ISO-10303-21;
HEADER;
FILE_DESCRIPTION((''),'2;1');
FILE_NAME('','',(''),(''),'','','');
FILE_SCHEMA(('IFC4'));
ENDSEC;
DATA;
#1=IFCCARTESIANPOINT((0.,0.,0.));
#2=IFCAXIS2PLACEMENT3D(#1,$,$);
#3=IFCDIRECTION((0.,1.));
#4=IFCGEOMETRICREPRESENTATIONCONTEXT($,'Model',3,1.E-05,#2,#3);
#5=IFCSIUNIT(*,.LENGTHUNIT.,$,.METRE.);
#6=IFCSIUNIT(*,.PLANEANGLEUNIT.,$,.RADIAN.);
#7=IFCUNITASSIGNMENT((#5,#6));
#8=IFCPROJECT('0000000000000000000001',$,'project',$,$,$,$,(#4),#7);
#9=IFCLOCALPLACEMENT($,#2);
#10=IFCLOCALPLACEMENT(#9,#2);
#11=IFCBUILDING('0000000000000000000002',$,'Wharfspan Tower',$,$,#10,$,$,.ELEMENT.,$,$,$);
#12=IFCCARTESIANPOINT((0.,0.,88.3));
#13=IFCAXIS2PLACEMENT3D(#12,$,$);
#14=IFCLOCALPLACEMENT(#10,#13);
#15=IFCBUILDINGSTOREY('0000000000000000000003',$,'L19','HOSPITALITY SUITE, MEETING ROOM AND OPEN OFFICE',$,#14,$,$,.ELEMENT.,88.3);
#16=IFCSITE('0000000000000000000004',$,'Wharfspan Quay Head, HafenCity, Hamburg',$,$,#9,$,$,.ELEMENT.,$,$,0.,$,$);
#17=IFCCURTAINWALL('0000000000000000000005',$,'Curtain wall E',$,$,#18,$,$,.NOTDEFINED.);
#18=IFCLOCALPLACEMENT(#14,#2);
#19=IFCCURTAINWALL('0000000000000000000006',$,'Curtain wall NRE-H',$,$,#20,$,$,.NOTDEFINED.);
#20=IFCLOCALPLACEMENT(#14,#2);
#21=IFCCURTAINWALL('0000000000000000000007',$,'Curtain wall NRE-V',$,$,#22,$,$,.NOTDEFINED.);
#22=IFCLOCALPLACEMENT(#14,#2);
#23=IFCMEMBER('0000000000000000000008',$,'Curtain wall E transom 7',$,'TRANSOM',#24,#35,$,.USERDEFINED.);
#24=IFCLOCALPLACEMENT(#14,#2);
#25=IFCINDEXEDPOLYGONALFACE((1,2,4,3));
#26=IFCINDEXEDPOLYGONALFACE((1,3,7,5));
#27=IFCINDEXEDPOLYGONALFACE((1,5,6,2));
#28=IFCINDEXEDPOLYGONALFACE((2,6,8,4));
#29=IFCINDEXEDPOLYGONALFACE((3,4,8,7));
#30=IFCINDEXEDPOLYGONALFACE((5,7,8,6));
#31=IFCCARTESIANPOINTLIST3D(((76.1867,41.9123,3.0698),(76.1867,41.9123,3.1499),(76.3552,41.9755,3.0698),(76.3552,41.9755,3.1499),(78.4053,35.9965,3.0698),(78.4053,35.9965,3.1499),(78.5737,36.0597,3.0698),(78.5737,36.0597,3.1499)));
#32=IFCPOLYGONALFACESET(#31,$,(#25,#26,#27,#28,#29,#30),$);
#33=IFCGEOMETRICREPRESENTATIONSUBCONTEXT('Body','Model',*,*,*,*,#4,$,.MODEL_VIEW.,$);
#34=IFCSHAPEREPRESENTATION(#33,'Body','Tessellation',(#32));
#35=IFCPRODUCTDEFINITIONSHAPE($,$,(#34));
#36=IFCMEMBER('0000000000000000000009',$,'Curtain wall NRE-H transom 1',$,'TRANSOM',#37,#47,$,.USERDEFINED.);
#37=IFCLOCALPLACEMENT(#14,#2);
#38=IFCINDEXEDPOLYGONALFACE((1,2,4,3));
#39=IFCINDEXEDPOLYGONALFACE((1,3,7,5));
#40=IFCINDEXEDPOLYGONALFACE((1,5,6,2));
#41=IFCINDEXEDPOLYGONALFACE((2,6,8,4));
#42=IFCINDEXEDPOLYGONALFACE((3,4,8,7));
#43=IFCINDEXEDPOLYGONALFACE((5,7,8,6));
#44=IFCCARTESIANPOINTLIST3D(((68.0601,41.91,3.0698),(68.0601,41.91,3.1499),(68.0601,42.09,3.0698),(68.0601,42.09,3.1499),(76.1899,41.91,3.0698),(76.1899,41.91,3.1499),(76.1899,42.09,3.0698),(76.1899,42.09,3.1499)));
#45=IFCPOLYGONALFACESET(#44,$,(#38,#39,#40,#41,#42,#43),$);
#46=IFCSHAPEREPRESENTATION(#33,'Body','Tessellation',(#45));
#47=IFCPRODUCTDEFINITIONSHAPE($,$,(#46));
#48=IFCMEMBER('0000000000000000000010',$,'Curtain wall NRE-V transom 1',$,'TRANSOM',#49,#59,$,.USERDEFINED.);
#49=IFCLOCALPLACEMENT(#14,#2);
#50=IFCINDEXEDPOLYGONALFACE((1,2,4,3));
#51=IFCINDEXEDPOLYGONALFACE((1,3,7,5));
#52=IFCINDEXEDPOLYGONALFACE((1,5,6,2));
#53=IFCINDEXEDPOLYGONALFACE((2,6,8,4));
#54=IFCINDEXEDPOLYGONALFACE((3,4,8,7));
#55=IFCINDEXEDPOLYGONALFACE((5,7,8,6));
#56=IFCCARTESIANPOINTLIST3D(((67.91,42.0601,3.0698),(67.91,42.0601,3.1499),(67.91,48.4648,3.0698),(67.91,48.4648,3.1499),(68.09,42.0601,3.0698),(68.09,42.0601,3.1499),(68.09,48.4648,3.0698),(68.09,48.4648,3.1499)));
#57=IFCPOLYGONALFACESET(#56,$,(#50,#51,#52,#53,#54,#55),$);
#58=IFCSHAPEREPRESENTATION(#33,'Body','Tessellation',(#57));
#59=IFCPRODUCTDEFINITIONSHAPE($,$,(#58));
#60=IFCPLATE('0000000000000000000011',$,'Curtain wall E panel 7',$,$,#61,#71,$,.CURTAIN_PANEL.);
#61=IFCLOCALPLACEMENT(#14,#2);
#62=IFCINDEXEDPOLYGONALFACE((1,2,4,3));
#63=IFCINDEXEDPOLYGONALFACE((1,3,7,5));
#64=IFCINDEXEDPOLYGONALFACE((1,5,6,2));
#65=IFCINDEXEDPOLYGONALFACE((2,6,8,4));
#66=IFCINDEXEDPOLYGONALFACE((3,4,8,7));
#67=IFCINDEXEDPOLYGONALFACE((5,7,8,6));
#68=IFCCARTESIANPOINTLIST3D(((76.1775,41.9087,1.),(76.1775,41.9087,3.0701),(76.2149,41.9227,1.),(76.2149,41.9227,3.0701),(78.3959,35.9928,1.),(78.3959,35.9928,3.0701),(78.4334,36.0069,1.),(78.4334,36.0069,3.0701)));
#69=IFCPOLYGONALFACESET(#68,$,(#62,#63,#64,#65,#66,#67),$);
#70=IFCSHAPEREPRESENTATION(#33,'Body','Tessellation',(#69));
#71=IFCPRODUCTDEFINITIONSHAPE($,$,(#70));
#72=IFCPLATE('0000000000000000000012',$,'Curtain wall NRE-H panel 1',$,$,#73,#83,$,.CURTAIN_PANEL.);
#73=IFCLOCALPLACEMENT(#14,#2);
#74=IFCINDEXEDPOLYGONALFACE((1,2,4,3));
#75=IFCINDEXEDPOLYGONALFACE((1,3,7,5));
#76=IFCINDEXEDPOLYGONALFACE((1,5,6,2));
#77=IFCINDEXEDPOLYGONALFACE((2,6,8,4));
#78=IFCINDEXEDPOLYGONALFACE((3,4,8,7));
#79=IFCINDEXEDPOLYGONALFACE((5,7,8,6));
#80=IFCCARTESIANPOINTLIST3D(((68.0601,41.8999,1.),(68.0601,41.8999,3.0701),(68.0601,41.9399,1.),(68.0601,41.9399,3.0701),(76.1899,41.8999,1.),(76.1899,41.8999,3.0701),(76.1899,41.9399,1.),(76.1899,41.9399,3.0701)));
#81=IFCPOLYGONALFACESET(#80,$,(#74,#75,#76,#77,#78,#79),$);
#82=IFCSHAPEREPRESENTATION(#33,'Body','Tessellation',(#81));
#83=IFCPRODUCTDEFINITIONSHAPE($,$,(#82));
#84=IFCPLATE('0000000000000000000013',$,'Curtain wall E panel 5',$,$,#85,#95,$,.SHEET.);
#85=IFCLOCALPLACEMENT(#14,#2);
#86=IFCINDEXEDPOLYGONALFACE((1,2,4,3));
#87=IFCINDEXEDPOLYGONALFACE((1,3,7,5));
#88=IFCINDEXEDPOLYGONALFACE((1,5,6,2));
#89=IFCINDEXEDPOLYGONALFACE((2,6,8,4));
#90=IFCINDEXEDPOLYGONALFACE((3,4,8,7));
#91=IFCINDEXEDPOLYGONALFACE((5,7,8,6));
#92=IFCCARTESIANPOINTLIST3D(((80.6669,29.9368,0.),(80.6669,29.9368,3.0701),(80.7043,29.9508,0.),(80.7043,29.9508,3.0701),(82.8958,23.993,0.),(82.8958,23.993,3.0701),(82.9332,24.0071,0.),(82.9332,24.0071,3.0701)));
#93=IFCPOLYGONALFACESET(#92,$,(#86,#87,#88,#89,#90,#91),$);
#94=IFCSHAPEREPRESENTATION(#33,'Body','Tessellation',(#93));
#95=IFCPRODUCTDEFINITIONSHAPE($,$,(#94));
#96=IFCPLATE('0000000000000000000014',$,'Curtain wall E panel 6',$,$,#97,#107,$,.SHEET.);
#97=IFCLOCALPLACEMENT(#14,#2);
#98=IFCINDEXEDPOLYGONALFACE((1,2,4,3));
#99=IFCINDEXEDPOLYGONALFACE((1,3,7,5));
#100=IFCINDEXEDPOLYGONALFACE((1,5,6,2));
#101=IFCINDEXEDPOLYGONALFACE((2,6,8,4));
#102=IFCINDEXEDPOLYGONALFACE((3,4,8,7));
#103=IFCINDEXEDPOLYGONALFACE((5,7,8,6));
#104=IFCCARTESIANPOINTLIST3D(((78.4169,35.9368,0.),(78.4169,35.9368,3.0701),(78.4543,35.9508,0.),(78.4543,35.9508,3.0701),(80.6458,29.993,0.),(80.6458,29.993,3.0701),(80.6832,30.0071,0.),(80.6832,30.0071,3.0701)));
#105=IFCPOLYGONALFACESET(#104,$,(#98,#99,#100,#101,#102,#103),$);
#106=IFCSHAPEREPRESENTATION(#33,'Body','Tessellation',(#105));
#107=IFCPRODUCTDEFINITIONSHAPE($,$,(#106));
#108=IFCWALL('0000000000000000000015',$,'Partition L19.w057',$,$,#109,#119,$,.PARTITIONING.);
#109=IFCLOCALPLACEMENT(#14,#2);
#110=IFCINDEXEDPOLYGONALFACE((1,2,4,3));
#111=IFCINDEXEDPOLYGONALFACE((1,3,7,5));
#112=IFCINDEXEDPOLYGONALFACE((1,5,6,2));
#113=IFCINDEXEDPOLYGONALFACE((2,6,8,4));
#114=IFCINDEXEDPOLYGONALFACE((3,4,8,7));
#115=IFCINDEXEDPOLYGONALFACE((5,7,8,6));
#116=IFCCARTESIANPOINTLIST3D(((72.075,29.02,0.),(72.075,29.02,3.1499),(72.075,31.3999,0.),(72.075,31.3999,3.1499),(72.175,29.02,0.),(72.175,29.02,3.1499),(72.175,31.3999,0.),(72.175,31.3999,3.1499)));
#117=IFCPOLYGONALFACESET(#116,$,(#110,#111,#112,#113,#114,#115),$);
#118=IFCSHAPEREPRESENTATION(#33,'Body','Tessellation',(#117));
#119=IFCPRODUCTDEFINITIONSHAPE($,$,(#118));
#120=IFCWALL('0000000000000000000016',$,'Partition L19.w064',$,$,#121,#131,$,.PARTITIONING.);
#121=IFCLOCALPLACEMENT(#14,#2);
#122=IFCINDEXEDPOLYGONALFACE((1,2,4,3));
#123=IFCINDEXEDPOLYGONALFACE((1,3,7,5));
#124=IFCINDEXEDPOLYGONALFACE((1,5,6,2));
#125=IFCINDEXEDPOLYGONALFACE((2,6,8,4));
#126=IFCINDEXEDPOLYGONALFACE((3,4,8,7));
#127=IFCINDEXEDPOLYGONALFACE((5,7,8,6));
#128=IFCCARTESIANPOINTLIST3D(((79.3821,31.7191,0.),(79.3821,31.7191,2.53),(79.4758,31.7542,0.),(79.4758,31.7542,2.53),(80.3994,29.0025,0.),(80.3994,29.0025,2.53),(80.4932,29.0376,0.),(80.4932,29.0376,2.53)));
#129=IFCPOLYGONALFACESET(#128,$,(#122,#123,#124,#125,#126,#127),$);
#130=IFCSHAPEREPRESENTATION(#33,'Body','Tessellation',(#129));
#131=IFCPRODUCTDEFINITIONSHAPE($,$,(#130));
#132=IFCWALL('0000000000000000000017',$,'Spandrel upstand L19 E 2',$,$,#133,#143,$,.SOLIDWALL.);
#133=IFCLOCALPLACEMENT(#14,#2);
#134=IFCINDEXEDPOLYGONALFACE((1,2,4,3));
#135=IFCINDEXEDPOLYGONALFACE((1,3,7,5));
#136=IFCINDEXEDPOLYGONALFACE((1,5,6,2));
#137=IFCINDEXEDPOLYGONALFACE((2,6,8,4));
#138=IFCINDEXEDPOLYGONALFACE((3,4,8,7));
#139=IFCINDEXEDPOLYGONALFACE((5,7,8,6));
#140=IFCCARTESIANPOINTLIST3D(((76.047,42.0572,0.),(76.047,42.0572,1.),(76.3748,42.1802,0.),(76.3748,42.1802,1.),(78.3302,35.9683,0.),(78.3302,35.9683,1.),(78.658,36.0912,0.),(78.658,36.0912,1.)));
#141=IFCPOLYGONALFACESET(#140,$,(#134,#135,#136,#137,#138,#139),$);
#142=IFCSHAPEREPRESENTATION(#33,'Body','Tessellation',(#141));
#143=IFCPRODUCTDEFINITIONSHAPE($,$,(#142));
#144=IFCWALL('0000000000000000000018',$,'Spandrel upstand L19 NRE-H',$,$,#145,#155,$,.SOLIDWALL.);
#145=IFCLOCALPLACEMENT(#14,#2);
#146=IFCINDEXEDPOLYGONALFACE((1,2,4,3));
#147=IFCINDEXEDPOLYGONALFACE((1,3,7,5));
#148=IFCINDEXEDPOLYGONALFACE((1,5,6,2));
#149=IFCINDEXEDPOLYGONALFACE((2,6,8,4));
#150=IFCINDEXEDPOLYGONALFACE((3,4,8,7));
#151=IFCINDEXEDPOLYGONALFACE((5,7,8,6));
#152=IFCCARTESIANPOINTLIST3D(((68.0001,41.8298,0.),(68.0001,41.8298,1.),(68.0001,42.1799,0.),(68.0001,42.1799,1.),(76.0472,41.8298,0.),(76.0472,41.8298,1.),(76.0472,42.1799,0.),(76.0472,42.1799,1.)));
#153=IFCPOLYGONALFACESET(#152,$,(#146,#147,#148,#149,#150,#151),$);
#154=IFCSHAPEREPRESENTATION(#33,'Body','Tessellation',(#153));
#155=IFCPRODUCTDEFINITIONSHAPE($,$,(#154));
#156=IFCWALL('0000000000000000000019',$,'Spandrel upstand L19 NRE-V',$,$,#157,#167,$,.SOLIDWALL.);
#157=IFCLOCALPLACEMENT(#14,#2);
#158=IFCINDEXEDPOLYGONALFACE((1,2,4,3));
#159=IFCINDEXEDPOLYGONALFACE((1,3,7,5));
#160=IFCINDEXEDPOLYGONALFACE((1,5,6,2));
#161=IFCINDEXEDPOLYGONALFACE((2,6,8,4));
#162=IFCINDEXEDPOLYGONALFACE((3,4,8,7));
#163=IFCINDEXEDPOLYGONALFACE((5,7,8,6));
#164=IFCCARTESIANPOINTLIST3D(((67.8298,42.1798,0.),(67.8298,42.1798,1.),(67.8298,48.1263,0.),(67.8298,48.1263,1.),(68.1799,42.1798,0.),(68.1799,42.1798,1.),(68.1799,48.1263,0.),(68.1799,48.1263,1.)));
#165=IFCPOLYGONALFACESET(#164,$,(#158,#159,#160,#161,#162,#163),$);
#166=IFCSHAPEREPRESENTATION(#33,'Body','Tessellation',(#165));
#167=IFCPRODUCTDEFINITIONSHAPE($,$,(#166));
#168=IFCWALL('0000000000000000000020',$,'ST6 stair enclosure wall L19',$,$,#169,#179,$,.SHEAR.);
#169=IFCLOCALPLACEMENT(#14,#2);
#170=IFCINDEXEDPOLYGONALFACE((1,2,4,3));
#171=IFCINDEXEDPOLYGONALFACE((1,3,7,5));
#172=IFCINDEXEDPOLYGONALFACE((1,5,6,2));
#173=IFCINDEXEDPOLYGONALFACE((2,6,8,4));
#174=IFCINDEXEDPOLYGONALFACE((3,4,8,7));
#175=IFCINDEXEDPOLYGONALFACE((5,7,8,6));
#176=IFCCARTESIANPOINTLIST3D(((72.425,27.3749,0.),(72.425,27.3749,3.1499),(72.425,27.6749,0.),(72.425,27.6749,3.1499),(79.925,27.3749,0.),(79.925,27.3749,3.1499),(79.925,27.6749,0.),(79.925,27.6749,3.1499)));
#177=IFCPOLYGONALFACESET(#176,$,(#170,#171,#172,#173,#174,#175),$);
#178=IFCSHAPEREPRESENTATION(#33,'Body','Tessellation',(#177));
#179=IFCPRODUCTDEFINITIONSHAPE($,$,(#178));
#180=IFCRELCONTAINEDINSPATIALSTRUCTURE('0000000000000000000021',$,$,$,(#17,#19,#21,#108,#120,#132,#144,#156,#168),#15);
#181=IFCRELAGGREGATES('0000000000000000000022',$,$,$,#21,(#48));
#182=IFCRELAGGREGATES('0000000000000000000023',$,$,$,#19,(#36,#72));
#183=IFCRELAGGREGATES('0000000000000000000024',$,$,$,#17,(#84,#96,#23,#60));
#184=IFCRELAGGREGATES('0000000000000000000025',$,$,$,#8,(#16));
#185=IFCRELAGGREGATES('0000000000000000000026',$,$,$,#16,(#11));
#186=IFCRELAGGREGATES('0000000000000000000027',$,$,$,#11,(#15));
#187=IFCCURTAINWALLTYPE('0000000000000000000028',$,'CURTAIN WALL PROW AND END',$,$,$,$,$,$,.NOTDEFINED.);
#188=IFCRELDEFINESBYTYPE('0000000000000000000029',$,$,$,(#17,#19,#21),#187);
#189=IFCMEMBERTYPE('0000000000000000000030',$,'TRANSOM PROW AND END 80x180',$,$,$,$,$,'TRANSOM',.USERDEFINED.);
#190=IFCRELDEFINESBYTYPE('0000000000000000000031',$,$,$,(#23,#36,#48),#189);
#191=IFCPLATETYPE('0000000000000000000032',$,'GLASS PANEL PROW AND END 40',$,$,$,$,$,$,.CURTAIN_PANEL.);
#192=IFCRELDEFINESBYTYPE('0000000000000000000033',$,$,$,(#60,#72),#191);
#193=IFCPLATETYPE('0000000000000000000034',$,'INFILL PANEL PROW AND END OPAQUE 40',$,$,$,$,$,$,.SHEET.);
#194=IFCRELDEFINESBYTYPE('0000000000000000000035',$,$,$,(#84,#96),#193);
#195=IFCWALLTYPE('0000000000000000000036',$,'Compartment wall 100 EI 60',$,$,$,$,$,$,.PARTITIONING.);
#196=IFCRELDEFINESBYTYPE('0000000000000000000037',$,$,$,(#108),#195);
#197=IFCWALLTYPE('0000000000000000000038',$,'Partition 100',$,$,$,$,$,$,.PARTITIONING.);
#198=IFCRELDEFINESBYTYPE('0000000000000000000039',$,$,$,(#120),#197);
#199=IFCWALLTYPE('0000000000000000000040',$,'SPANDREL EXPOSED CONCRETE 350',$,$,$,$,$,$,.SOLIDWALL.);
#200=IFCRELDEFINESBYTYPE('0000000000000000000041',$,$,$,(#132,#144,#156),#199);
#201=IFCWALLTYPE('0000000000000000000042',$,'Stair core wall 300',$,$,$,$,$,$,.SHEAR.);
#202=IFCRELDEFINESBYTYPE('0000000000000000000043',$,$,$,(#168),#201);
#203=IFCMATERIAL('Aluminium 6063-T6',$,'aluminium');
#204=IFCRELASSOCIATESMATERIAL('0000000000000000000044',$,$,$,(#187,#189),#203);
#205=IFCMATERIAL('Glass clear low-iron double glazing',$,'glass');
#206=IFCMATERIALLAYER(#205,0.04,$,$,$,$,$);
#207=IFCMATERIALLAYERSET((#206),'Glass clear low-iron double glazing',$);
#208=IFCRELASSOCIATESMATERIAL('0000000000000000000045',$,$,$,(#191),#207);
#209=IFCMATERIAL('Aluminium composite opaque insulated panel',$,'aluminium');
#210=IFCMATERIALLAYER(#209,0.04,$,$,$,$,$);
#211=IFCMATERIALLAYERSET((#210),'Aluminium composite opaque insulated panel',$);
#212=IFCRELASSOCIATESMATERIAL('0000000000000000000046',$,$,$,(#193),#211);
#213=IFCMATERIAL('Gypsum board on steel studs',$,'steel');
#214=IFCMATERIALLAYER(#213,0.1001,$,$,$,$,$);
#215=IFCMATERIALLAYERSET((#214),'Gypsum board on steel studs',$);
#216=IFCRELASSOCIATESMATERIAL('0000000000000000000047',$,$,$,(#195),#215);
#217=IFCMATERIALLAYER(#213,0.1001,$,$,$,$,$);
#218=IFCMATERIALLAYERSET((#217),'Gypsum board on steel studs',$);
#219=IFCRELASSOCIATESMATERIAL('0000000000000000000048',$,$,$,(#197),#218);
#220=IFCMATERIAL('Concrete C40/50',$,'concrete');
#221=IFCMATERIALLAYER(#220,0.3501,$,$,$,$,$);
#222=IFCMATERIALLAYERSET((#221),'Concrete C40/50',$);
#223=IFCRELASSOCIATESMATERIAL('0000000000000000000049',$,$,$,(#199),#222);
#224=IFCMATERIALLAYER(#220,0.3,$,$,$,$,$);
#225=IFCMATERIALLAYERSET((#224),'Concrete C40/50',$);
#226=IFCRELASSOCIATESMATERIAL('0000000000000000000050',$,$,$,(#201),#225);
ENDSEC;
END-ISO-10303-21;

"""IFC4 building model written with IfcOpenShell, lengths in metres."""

from ifc_helpers import new_model, si_unit, direction, frame, frame_2d, origin, origin_2d, place, context, subcontext, project, spatial, rectangle, extrude, material, layer, layer_set, material_profile, profile_set, type_object, element, aggregate, save


model = new_model("IFC4")

# Units and contexts
model_context = context("Model", 3, precision=1e-05, world=origin(), true_north=direction((0.0, 1.0)))
body_context = subcontext(model_context, "Body", "Model", "MODEL_VIEW")
ifc_project = project(units=[si_unit("LENGTHUNIT", "METRE"), si_unit("PLANEANGLEUNIT", "RADIAN")], contexts=[model_context])

# Site, building, storey
site_placement = place(None, origin())
site = spatial("IfcSite", under=ifc_project, at=site_placement, Name="Wharfspan Quay Head, HafenCity, Hamburg", CompositionType="ELEMENT", RefElevation=0.0)
building_placement = place(site_placement, origin())
building = spatial("IfcBuilding", under=site, at=building_placement, Name="Wharfspan Tower", CompositionType="ELEMENT")
storey_placement = place(building_placement, frame((0.0, 0.0, 88.3)))
storey = spatial("IfcBuildingStorey", under=building, at=storey_placement, Name="L19", Description="HOSPITALITY SUITE, MEETING ROOM AND OPEN OFFICE", CompositionType="ELEMENT", Elevation=88.3)

# Curtain walls
ifc_material_1 = material(Name="Aluminium 6063-T6", Category="aluminium")
curtain_wall_type = type_object("IfcCurtainWallType", Name="CURTAIN WALL PROW AND END", PredefinedType="NOTDEFINED", material=ifc_material_1)
curtain_wall_1_placement = place(storey_placement, origin())
curtain_wall_1 = element("IfcCurtainWall", 1, at=curtain_wall_1_placement, inside=storey, type_object=curtain_wall_type, Name="Curtain wall E", PredefinedType="NOTDEFINED")
curtain_wall_2_placement = place(storey_placement, origin())
curtain_wall_2 = element("IfcCurtainWall", 2, at=curtain_wall_2_placement, inside=storey, type_object=curtain_wall_type, Name="Curtain wall NRE-H", PredefinedType="NOTDEFINED")

# Curtain wall
curtain_wall_3_placement = place(storey_placement, origin())
curtain_wall_3 = element("IfcCurtainWall", 3, at=curtain_wall_3_placement, inside=storey, type_object=curtain_wall_type, Name="Curtain wall NRE-V", PredefinedType="NOTDEFINED")

# Members
ifc_material_profile_1 = material_profile(ifc_material_1, rectangle(XDim=0.1799, YDim=0.0801, at=origin_2d()))
ifc_profile_set_1 = profile_set([ifc_material_profile_1], Name="Aluminium 6063-T6")
member_type_1 = type_object("IfcMemberType", Name="TRANSOM PROW AND END 80x180", ElementType="TRANSOM", PredefinedType="USERDEFINED", material=ifc_profile_set_1)
member_1_placement = place(storey_placement, frame((78.4895, 36.0281, 3.1099), z_axis=(-0.351136, 0.936324, 0.0), x_axis=(-0.936324, -0.351136, 0.0)))
member_1 = element("IfcMember", 4, at=member_1_placement, type_object=member_type_1, Name="Curtain wall E transom 7", ObjectType="TRANSOM", PredefinedType="USERDEFINED", context=body_context, shape_type="SweptSolid", body=[
    extrude(rectangle(XDim=0.1799, YDim=0.0801, at=origin_2d()), origin(), (0.0, 0.0, 1.0), 6.3181),
])
member_2_placement = place(storey_placement, frame((76.1899, 42.0, 3.1099), z_axis=(-1.0, 0.0, 0.0), x_axis=(0.0, -1.0, 0.0)))
member_2 = element("IfcMember", 5, at=member_2_placement, type_object=member_type_1, Name="Curtain wall NRE-H transom 1", ObjectType="TRANSOM", PredefinedType="USERDEFINED", context=body_context, shape_type="SweptSolid", body=[
    extrude(rectangle(XDim=0.1799, YDim=0.0801, at=origin_2d()), origin(), (0.0, 0.0, 1.0), 8.1299),
])
member_3_placement = place(storey_placement, frame((68.0, 42.0601, 3.1099), z_axis=(0.0, 1.0, 0.0), x_axis=(-1.0, 0.0, 0.0)))
member_3 = element("IfcMember", 6, at=member_3_placement, type_object=member_type_1, Name="Curtain wall NRE-V transom 1", ObjectType="TRANSOM", PredefinedType="USERDEFINED", context=body_context, shape_type="SweptSolid", body=[
    extrude(rectangle(XDim=0.1799, YDim=0.0801, at=origin_2d()), origin(), (0.0, 0.0, 1.0), 6.4048),
])
aggregate(curtain_wall_3, [member_3])

# Plates
ifc_material_2 = material(Name="Glass clear low-iron double glazing", Category="glass")
ifc_layer_1 = layer(ifc_material_2, 0.04)
ifc_layer_set_1 = layer_set([ifc_layer_1], Name="Glass clear low-iron double glazing")
plate_type_1 = type_object("IfcPlateType", Name="GLASS PANEL PROW AND END 40", PredefinedType="CURTAIN_PANEL", material=ifc_layer_set_1)
plate_1_placement = place(storey_placement, frame((77.3054, 38.9578, 1.0), z_axis=(0.0, 0.0, 1.0), x_axis=(-0.351123, 0.936328, 0.0)))
plate_1 = element("IfcPlate", 7, at=plate_1_placement, type_object=plate_type_1, Name="Curtain wall E panel 7", PredefinedType="CURTAIN_PANEL", context=body_context, shape_type="SweptSolid", body=[
    extrude(rectangle(XDim=6.3181, YDim=0.04, at=origin_2d()), origin(), (0.0, 0.0, 1.0), 2.0701),
])
plate_2_placement = place(storey_placement, frame((72.125, 41.9199, 1.0), z_axis=(0.0, 0.0, 1.0), x_axis=(-1.0, 0.0, 0.0)))
plate_2 = element("IfcPlate", 8, at=plate_2_placement, type_object=plate_type_1, Name="Curtain wall NRE-H panel 1", PredefinedType="CURTAIN_PANEL", context=body_context, shape_type="SweptSolid", body=[
    extrude(rectangle(XDim=8.1299, YDim=0.04, at=origin_2d()), origin(), (0.0, 0.0, 1.0), 2.0701),
])
aggregate(curtain_wall_2, [member_2, plate_2])
ifc_material_3 = material(Name="Aluminium composite opaque insulated panel", Category="aluminium")
ifc_layer_2 = layer(ifc_material_3, 0.04)
ifc_layer_set_2 = layer_set([ifc_layer_2], Name="Aluminium composite opaque insulated panel")
plate_type_2 = type_object("IfcPlateType", Name="INFILL PANEL PROW AND END OPAQUE 40", PredefinedType="SHEET", material=ifc_layer_set_2)
plate_3_placement = place(storey_placement, frame((81.8, 26.9719, 0.0), z_axis=(0.0, 0.0, 1.0), x_axis=(-0.351123, 0.936328, 0.0)))
plate_3 = element("IfcPlate", 9, at=plate_3_placement, type_object=plate_type_2, Name="Curtain wall E panel 5", PredefinedType="SHEET", context=body_context, shape_type="SweptSolid", body=[
    extrude(rectangle(XDim=6.3479, YDim=0.04, at=origin_2d()), origin(), (0.0, 0.0, 1.0), 3.0701),
])
plate_4_placement = place(storey_placement, frame((79.55, 32.9719, 0.0), z_axis=(0.0, 0.0, 1.0), x_axis=(-0.351123, 0.936328, 0.0)))
plate_4 = element("IfcPlate", 10, at=plate_4_placement, type_object=plate_type_2, Name="Curtain wall E panel 6", PredefinedType="SHEET", context=body_context, shape_type="SweptSolid", body=[
    extrude(rectangle(XDim=6.3479, YDim=0.04, at=origin_2d()), origin(), (0.0, 0.0, 1.0), 3.0701),
])
aggregate(curtain_wall_1, [plate_3, plate_4, member_1, plate_1])

# Walls
ifc_material_4 = material(Name="Gypsum board on steel studs", Category="steel")
ifc_layer_3 = layer(ifc_material_4, 0.1001)
ifc_layer_set_3 = layer_set([ifc_layer_3], Name="Gypsum board on steel studs")
wall_type_1 = type_object("IfcWallType", Name="Compartment wall 100 EI 60", PredefinedType="PARTITIONING", material=ifc_layer_set_3)
wall_1_placement = place(storey_placement, frame((72.125, 29.02, 0.0), z_axis=(0.0, 0.0, 1.0), x_axis=(0.0, 1.0, 0.0)))
element("IfcWall", 11, at=wall_1_placement, inside=storey, type_object=wall_type_1, Name="Partition L19.w057", PredefinedType="PARTITIONING", context=body_context, shape_type="SweptSolid", body=[
    extrude(rectangle(XDim=2.3799, YDim=0.1001, at=frame_2d((1.1899, 0.0))), origin(), (0.0, 0.0, 1.0), 3.1499),
])
ifc_layer_4 = layer(ifc_material_4, 0.1001)
ifc_layer_set_4 = layer_set([ifc_layer_4], Name="Gypsum board on steel studs")
wall_type_2 = type_object("IfcWallType", Name="Partition 100", PredefinedType="PARTITIONING", material=ifc_layer_set_4)
wall_2_placement = place(storey_placement, frame((80.4463, 29.02, 0.0), z_axis=(0.0, 0.0, 1.0), x_axis=(-0.350707, 0.936481, 0.0)))
element("IfcWall", 12, at=wall_2_placement, inside=storey, type_object=wall_type_2, Name="Partition L19.w064", PredefinedType="PARTITIONING", context=body_context, shape_type="SweptSolid", body=[
    extrude(rectangle(XDim=2.9009, YDim=0.1001, at=frame_2d((1.4504, 0.0))), origin(), (0.0, 0.0, 1.0), 2.53),
])
ifc_material_5 = material(Name="Concrete C40/50", Category="concrete")
ifc_layer_5 = layer(ifc_material_5, 0.3501)
ifc_layer_set_5 = layer_set([ifc_layer_5], Name="Concrete C40/50")
wall_type_3 = type_object("IfcWallType", Name="SPANDREL EXPOSED CONCRETE 350", PredefinedType="SOLIDWALL", material=ifc_layer_set_5)
wall_3_placement = place(storey_placement, frame((78.4941, 36.0298, 0.0), z_axis=(0.0, 0.0, 1.0), x_axis=(-0.351108, 0.936338, 0.0)))
element("IfcWall", 13, at=wall_3_placement, inside=storey, type_object=wall_type_3, Name="Spandrel upstand L19 E 2", PredefinedType="SOLIDWALL", context=body_context, shape_type="SweptSolid", body=[
    extrude(rectangle(XDim=6.5029, YDim=0.3501, at=frame_2d((3.2515, 0.0))), origin(), (0.0, 0.0, 1.0), 1.0),
])
wall_4_placement = place(storey_placement, frame((76.0471, 42.0049, 0.0), z_axis=(0.0, 0.0, 1.0), x_axis=(-1.0, 0.0, 0.0)))
element("IfcWall", 14, at=wall_4_placement, inside=storey, type_object=wall_type_3, Name="Spandrel upstand L19 NRE-H", PredefinedType="SOLIDWALL", context=body_context, shape_type="SweptSolid", body=[
    extrude(rectangle(XDim=8.0471, YDim=0.3501, at=frame_2d((4.0234, 0.0))), origin(), (0.0, 0.0, 1.0), 1.0),
])
wall_5_placement = place(storey_placement, frame((68.0049, 42.1799, 0.0), z_axis=(0.0, 0.0, 1.0), x_axis=(0.0, 1.0, 0.0)))
element("IfcWall", 15, at=wall_5_placement, inside=storey, type_object=wall_type_3, Name="Spandrel upstand L19 NRE-V", PredefinedType="SOLIDWALL", context=body_context, shape_type="SweptSolid", body=[
    extrude(rectangle(XDim=5.9465, YDim=0.3501, at=frame_2d((2.9731, 0.0))), origin(), (0.0, 0.0, 1.0), 1.0),
])
ifc_layer_6 = layer(ifc_material_5, 0.3)
ifc_layer_set_6 = layer_set([ifc_layer_6], Name="Concrete C40/50")
wall_type_4 = type_object("IfcWallType", Name="Stair core wall 300", PredefinedType="SHEAR", material=ifc_layer_set_6)
wall_6_placement = place(storey_placement, frame((72.425, 27.5249, 0.0), z_axis=(0.0, 0.0, 1.0), x_axis=(1.0, 0.0, 0.0)))
element("IfcWall", 16, at=wall_6_placement, inside=storey, type_object=wall_type_4, Name="ST6 stair enclosure wall L19", PredefinedType="SHEAR", context=body_context, shape_type="SweptSolid", body=[
    extrude(rectangle(XDim=7.5, YDim=0.3, at=frame_2d((3.75, 0.0))), origin(), (0.0, 0.0, 1.0), 3.1499),
])

save(model, "model.ifc")
